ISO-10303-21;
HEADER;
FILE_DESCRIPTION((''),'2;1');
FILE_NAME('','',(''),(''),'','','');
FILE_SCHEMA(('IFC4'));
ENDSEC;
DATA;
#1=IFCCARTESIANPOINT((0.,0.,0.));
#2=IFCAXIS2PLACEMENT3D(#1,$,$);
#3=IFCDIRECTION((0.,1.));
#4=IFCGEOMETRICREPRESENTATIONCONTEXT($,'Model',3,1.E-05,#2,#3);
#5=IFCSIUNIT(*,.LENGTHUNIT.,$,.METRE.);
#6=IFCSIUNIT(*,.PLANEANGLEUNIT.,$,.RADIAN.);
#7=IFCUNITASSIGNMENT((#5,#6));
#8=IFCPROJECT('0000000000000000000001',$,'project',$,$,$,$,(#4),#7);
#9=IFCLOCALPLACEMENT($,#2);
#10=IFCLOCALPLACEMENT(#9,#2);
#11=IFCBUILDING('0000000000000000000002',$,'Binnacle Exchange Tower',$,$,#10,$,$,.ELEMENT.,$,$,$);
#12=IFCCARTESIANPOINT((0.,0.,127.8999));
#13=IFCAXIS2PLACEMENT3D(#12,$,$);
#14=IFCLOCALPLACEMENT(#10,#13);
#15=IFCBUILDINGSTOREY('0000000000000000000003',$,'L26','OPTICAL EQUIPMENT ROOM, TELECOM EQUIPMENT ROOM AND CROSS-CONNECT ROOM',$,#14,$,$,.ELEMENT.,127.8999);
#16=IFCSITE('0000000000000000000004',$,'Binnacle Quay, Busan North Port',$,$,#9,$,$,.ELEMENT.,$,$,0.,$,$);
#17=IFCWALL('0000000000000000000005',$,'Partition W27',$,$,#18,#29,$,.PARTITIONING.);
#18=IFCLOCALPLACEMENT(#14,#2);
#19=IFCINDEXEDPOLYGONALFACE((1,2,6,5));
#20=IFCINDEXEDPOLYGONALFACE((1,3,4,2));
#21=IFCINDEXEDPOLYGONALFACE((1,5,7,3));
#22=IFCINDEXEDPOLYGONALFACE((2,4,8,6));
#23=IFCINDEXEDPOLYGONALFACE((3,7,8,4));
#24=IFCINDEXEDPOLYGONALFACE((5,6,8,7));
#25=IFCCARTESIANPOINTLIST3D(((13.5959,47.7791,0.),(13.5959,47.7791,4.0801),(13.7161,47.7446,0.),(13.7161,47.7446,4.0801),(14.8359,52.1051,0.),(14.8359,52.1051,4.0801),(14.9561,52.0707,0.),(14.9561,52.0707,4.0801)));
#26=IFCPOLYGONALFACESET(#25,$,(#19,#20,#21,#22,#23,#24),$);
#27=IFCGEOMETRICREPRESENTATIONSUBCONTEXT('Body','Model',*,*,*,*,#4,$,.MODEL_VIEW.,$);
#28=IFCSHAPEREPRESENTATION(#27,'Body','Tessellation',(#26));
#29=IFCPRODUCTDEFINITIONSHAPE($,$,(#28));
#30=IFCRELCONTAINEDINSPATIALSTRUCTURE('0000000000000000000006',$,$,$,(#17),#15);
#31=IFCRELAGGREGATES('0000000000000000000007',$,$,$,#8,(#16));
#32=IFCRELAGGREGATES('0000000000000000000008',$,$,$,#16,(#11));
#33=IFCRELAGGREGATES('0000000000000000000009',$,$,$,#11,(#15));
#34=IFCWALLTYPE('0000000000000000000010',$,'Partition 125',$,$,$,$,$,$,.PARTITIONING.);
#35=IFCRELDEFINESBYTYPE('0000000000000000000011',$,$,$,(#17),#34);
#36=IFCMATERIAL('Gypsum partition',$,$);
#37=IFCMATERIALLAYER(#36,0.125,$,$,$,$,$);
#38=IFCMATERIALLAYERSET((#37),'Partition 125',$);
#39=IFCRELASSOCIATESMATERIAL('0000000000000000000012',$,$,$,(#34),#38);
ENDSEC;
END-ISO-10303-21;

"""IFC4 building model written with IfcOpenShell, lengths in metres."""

from ifc_helpers import new_model, si_unit, direction, frame, frame_2d, origin, place, context, subcontext, project, spatial, rectangle, extrude, material, layer, layer_set, type_object, element, save


model = new_model("IFC4")

# Units and contexts
model_context = context("Model", 3, precision=1e-05, world=origin(), true_north=direction((0.0, 1.0)))
body_context = subcontext(model_context, "Body", "Model", "MODEL_VIEW")
ifc_project = project(units=[si_unit("LENGTHUNIT", "METRE"), si_unit("PLANEANGLEUNIT", "RADIAN")], contexts=[model_context])

# Site, building, storey
site_placement = place(None, origin())
site = spatial("IfcSite", under=ifc_project, at=site_placement, Name="Binnacle Quay, Busan North Port", CompositionType="ELEMENT", RefElevation=0.0)
building_placement = place(site_placement, origin())
building = spatial("IfcBuilding", under=site, at=building_placement, Name="Binnacle Exchange Tower", CompositionType="ELEMENT")
storey_placement = place(building_placement, frame((0.0, 0.0, 127.8999)))
storey = spatial("IfcBuildingStorey", under=building, at=storey_placement, Name="L26", Description="OPTICAL EQUIPMENT ROOM, TELECOM EQUIPMENT ROOM AND CROSS-CONNECT ROOM", CompositionType="ELEMENT", Elevation=127.8999)

# Shared definitions
ifc_material_1 = material(Name="Gypsum partition")
ifc_layer_1 = layer(ifc_material_1, 0.125)
ifc_layer_set_1 = layer_set([ifc_layer_1], Name="Partition 125")
wall_type_1 = type_object("IfcWallType", Name="Partition 125", PredefinedType="PARTITIONING", material=ifc_layer_set_1)

# Wall
wall_1_placement = place(storey_placement, frame((13.656, 47.762, 0.0), z_axis=(0.0, 0.0, 1.0), x_axis=(0.275545, 0.961288, 0.0)))
element("IfcWall", 1, at=wall_1_placement, inside=storey, type_object=wall_type_1, Name="Partition W27", PredefinedType="PARTITIONING", context=body_context, shape_type="SweptSolid", body=[
    extrude(rectangle(XDim=4.5002, YDim=0.125, at=frame_2d((2.25, 0.0))), origin(), (0.0, 0.0, 1.0), 4.0801),
])

save(model, "model.ifc")
